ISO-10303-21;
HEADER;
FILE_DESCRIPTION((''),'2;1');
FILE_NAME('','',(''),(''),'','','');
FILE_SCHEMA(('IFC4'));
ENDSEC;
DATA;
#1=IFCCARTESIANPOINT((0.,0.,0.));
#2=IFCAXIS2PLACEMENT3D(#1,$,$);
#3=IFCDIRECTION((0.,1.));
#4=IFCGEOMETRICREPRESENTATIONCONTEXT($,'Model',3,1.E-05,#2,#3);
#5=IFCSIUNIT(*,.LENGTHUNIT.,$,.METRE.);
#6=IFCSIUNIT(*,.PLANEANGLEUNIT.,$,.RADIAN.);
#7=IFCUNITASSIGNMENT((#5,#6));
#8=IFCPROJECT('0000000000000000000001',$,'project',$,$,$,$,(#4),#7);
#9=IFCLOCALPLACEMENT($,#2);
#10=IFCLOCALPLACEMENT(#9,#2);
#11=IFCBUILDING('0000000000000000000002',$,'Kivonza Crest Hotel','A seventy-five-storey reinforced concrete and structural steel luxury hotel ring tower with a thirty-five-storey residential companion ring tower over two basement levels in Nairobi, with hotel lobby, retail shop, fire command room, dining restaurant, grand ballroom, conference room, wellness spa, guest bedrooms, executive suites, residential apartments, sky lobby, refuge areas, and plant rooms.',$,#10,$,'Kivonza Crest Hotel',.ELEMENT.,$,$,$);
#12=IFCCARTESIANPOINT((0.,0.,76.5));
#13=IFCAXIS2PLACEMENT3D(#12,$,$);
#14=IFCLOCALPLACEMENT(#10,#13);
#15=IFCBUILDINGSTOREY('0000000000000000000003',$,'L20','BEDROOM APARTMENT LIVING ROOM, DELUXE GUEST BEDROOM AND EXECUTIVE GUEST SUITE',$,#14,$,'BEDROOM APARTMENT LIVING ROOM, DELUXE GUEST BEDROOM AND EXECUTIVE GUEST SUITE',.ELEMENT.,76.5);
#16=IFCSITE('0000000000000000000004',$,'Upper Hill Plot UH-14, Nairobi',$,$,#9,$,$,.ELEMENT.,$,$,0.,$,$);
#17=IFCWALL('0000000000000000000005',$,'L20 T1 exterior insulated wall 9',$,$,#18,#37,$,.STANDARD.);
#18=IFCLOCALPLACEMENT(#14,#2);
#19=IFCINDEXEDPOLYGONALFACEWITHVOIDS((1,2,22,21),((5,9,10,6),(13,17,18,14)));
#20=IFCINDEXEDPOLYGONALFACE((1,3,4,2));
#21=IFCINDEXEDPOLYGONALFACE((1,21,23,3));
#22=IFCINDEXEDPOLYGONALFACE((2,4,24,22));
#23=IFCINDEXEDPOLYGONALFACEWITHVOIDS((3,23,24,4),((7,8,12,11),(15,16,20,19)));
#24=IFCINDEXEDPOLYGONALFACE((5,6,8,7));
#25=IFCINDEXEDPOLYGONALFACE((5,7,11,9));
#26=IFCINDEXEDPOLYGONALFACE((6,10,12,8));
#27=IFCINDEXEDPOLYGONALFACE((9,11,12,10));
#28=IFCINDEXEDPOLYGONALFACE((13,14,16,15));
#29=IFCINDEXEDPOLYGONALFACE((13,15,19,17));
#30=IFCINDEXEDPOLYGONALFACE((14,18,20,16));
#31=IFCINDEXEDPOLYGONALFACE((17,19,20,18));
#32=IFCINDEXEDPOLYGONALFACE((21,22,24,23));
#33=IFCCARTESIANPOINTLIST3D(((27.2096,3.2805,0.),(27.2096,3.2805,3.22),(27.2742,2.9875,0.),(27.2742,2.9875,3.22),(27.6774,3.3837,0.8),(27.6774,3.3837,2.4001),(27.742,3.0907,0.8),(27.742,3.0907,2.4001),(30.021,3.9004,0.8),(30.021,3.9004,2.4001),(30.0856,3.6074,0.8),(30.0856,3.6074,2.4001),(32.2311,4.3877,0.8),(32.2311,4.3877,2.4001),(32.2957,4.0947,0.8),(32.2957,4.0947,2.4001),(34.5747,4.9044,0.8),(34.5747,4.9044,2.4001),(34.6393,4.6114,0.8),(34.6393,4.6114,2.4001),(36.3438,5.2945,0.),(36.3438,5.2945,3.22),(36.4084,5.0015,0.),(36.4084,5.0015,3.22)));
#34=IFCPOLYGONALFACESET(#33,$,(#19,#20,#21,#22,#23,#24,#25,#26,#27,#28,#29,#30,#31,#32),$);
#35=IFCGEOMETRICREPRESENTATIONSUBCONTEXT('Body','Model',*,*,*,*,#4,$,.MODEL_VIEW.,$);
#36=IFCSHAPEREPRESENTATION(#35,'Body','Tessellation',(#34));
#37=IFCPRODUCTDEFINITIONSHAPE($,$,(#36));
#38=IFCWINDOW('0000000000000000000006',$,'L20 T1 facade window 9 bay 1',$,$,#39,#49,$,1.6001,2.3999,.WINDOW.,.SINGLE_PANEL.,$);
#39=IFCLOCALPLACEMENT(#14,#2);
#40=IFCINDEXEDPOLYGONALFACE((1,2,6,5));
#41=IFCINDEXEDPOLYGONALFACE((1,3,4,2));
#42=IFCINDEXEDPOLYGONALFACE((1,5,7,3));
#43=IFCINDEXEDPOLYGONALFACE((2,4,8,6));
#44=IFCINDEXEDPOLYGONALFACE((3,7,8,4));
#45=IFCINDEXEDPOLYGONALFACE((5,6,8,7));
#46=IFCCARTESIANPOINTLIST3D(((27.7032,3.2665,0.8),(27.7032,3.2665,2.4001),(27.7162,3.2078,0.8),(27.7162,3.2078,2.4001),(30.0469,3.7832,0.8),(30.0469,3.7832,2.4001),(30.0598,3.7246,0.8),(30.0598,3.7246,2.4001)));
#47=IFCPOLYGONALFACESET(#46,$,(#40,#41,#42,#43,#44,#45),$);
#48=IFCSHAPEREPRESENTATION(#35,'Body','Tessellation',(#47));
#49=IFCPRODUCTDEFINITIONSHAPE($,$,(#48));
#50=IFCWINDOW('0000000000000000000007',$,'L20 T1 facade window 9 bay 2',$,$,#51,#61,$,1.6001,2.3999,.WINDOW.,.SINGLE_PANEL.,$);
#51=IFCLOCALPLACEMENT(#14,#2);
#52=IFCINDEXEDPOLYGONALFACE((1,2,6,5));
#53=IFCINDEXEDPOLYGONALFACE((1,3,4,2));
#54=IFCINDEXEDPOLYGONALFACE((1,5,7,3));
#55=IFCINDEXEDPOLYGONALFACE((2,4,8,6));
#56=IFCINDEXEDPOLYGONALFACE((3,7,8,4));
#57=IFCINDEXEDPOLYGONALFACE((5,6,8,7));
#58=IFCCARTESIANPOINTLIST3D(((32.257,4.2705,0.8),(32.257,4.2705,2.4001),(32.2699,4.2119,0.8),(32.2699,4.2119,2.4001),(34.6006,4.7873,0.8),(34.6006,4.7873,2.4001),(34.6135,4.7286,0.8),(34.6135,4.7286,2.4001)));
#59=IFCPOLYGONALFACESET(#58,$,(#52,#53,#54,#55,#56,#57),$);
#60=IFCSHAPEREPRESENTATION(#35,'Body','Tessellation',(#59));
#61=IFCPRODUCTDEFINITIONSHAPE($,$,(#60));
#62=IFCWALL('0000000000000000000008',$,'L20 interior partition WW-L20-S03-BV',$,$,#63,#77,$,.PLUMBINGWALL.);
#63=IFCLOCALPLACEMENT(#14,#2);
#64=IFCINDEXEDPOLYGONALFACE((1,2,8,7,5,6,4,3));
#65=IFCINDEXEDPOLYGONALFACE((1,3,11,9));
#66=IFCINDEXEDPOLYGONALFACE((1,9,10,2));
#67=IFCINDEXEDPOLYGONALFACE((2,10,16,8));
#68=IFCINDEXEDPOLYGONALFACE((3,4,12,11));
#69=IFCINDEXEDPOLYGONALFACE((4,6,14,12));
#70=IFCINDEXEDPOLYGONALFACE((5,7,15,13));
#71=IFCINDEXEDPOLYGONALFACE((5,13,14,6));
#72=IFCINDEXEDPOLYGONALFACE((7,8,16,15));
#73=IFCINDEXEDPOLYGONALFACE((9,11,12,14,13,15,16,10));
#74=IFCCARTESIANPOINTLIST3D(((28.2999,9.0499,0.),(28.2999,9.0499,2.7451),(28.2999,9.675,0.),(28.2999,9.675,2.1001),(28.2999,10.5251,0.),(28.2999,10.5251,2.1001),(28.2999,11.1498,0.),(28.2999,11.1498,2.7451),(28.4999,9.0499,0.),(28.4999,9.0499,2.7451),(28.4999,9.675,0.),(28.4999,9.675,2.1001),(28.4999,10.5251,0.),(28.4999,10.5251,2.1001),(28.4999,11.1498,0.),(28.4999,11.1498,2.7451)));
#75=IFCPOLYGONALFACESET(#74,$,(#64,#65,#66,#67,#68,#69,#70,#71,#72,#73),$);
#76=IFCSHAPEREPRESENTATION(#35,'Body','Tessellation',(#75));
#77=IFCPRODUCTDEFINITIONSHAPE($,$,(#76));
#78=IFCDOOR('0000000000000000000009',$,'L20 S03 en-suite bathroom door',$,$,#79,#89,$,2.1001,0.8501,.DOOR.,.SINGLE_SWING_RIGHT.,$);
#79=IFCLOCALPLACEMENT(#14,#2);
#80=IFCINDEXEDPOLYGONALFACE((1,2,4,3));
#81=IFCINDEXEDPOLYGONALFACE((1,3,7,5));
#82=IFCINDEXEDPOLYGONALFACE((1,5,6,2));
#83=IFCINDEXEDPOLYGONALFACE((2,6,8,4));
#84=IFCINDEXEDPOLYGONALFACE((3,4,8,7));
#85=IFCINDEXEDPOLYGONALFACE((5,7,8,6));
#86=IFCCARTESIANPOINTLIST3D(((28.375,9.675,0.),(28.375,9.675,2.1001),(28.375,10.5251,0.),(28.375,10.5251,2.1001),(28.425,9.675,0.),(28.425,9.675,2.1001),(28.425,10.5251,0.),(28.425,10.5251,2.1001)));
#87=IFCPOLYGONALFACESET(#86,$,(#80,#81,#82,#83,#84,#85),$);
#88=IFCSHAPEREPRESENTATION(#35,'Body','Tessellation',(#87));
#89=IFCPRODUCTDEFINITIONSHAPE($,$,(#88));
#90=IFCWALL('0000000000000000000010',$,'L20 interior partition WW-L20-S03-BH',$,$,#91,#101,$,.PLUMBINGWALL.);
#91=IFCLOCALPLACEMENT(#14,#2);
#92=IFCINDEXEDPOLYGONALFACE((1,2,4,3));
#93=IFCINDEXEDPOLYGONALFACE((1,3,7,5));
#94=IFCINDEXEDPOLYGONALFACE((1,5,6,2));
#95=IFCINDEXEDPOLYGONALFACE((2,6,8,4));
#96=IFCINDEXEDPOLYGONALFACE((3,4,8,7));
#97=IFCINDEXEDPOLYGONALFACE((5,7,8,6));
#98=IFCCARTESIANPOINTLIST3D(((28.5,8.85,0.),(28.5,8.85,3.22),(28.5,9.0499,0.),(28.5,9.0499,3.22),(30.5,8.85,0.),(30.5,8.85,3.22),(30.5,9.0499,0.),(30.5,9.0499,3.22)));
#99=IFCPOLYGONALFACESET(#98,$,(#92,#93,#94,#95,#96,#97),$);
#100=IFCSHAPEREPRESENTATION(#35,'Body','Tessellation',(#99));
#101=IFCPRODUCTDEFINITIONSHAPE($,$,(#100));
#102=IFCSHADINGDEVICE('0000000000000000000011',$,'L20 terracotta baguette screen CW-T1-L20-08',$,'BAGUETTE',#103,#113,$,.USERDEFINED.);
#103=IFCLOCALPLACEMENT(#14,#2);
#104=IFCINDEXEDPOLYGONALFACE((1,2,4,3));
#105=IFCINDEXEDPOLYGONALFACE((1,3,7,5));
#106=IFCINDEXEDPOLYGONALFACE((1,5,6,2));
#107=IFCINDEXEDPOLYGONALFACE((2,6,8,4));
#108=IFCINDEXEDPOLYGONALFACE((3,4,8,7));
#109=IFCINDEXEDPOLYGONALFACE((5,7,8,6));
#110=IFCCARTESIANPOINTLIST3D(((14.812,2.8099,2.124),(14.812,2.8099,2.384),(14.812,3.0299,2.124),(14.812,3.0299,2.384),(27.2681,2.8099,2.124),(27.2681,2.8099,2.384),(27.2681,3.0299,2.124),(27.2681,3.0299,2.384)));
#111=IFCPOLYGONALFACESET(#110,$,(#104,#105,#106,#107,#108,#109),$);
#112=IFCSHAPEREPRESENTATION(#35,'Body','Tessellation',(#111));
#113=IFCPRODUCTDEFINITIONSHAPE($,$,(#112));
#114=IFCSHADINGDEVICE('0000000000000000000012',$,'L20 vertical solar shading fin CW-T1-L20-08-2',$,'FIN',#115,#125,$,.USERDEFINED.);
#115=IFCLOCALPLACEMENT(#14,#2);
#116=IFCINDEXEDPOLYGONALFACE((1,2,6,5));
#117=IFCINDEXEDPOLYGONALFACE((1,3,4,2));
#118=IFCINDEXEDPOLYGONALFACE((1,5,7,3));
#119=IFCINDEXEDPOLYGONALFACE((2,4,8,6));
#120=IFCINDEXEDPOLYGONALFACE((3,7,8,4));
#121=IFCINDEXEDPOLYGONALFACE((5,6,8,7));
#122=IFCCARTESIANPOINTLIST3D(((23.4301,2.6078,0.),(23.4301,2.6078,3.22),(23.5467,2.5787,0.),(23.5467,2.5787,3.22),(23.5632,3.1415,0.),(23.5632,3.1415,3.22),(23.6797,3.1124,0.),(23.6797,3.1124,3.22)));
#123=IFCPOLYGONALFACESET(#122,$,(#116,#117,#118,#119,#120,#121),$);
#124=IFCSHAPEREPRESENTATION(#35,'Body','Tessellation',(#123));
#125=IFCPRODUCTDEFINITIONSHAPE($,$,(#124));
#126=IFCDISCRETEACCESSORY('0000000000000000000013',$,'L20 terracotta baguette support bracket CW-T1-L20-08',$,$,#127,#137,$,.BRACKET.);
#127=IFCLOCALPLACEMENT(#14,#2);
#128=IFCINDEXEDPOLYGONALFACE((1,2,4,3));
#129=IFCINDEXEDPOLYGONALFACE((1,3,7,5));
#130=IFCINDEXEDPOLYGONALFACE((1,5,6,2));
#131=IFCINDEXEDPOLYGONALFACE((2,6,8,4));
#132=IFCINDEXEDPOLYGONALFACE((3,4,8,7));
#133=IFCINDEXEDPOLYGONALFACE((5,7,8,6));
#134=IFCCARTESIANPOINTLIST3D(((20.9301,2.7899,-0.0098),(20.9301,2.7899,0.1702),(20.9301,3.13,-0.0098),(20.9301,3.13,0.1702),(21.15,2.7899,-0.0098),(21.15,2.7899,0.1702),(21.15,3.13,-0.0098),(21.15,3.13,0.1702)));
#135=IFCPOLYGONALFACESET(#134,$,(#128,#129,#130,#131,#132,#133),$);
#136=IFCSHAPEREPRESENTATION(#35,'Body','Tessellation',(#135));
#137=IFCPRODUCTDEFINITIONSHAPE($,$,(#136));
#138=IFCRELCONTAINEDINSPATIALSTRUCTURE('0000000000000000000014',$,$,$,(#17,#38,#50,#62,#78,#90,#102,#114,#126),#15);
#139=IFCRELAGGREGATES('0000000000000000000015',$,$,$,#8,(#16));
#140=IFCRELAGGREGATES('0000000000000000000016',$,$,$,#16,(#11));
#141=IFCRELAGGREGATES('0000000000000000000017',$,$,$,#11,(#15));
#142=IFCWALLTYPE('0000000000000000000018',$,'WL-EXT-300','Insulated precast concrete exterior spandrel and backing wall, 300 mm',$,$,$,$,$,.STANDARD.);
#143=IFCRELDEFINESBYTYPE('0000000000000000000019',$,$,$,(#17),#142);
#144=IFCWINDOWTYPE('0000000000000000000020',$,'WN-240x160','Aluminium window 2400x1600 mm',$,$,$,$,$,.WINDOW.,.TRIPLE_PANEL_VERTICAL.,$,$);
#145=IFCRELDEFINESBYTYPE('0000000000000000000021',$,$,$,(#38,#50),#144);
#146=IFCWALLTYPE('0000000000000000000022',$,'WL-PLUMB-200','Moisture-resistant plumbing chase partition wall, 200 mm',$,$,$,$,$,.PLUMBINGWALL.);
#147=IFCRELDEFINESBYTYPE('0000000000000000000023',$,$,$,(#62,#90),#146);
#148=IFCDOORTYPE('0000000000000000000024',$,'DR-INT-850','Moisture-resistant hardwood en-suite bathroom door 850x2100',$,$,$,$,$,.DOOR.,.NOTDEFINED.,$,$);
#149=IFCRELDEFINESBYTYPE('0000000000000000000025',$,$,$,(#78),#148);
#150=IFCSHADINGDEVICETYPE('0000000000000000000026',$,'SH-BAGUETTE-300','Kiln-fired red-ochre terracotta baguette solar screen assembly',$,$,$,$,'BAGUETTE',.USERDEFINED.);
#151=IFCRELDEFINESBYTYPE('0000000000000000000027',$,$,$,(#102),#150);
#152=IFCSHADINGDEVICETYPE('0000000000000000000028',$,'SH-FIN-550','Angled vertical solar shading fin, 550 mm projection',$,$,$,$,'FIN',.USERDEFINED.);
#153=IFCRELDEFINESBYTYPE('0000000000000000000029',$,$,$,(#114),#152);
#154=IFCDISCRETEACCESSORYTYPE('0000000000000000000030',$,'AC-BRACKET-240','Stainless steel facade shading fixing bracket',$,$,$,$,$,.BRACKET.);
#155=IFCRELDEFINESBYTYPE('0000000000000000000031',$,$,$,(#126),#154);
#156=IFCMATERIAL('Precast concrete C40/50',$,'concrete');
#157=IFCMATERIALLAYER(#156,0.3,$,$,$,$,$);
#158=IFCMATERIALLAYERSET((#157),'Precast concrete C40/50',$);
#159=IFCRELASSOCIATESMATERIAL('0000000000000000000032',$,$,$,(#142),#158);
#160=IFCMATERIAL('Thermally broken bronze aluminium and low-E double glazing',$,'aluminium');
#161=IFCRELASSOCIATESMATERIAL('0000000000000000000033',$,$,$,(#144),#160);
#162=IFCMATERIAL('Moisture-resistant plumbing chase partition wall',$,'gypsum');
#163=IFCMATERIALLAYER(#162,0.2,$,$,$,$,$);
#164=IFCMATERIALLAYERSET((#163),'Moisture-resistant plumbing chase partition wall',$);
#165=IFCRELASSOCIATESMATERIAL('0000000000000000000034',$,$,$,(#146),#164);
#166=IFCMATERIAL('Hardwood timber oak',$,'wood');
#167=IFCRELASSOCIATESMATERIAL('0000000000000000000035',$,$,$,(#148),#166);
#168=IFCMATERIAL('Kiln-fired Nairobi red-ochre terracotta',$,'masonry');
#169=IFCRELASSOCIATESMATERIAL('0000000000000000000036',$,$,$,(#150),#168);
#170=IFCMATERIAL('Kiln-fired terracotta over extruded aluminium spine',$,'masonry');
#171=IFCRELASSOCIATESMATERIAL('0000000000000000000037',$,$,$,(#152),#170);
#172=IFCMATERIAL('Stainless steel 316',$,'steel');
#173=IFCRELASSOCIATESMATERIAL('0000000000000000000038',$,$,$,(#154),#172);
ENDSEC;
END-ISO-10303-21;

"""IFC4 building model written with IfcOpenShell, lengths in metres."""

from ifc_helpers import new_model, si_unit, direction, frame, frame_2d, origin, origin_2d, place, context, subcontext, project, spatial, rectangle, extrude, material, layer, layer_set, type_object, element, fill, save


model = new_model("IFC4")

# Units and contexts
model_context = context("Model", 3, precision=1e-05, world=origin(), true_north=direction((0.0, 1.0)))
body_context = subcontext(model_context, "Body", "Model", "MODEL_VIEW")
ifc_project = project(units=[si_unit("LENGTHUNIT", "METRE"), si_unit("PLANEANGLEUNIT", "RADIAN")], contexts=[model_context])

# Site, building, storey
site_placement = place(None, origin())
site = spatial("IfcSite", under=ifc_project, at=site_placement, Name="Upper Hill Plot UH-14, Nairobi", CompositionType="ELEMENT", RefElevation=0.0)
building_placement = place(site_placement, origin())
building = spatial("IfcBuilding", under=site, at=building_placement, Name="Kivonza Crest Hotel", Description="A seventy-five-storey reinforced concrete and structural steel luxury hotel ring tower with a thirty-five-storey residential companion ring tower over two basement levels in Nairobi, with hotel lobby, retail shop, fire command room, dining restaurant, grand ballroom, conference room, wellness spa, guest bedrooms, executive suites, residential apartments, sky lobby, refuge areas, and plant rooms.", LongName="Kivonza Crest Hotel", CompositionType="ELEMENT")
storey_placement = place(building_placement, frame((0.0, 0.0, 76.5)))
storey = spatial("IfcBuildingStorey", under=building, at=storey_placement, Name="L20", Description="BEDROOM APARTMENT LIVING ROOM, DELUXE GUEST BEDROOM AND EXECUTIVE GUEST SUITE", LongName="BEDROOM APARTMENT LIVING ROOM, DELUXE GUEST BEDROOM AND EXECUTIVE GUEST SUITE", CompositionType="ELEMENT", Elevation=76.5)

# Wall, openings, windows
ifc_material_1 = material(Name="Precast concrete C40/50", Category="concrete")
ifc_layer_1 = layer(ifc_material_1, 0.3)
ifc_layer_set_1 = layer_set([ifc_layer_1], Name="Precast concrete C40/50")
wall_type_1 = type_object("IfcWallType", Name="WL-EXT-300", Description="Insulated precast concrete exterior spandrel and backing wall, 300 mm", PredefinedType="STANDARD", material=ifc_layer_set_1)
wall_1_placement = place(storey_placement, frame((27.2419, 3.134, 0.0), z_axis=(0.0, 0.0, 1.0), x_axis=(0.976545, 0.215313, 0.0)))
wall_1 = element("IfcWall", 1, at=wall_1_placement, inside=storey, type_object=wall_type_1, Name="L20 T1 exterior insulated wall 9", PredefinedType="STANDARD", context=body_context, shape_type="SweptSolid", body=[
    extrude(rectangle(XDim=9.3535, YDim=0.3, at=frame_2d((4.6768, 0.0))), origin(), (0.0, 0.0, 1.0), 3.22),
])
opening_1_placement = place(wall_1_placement, frame((0.479, 0.0, 0.8)))
opening_1 = element("IfcOpeningElement", 2, at=opening_1_placement, cuts=wall_1, PredefinedType="OPENING", context=body_context, shape_type="SweptSolid", body=[
    extrude(rectangle(XDim=2.3999, YDim=1.6001, at=frame_2d((1.2, 0.8))), frame((0.0, 0.1602, 0.0), z_axis=(0.0, -1.0, 0.0), x_axis=(1.0, 0.0, 0.0)), (0.0, 0.0, 1.0), 0.3201),
])
opening_2_placement = place(wall_1_placement, frame((5.1421, 0.0, 0.8)))
opening_2 = element("IfcOpeningElement", 3, at=opening_2_placement, cuts=wall_1, PredefinedType="OPENING", context=body_context, shape_type="SweptSolid", body=[
    extrude(rectangle(XDim=2.3999, YDim=1.6001, at=frame_2d((1.2, 0.8))), frame((0.0, 0.1602, 0.0), z_axis=(0.0, -1.0, 0.0), x_axis=(1.0, 0.0, 0.0)), (0.0, 0.0, 1.0), 0.3201),
])
ifc_material_2 = material(Name="Thermally broken bronze aluminium and low-E double glazing", Category="aluminium")
window_type = type_object("IfcWindowType", Name="WN-240x160", Description="Aluminium window 2400x1600 mm", PartitioningType="TRIPLE_PANEL_VERTICAL", PredefinedType="WINDOW", material=ifc_material_2)
window_1_placement = place(opening_1_placement, origin())
window_1 = element("IfcWindow", 4, at=window_1_placement, inside=storey, type_object=window_type, Name="L20 T1 facade window 9 bay 1", OverallHeight=1.6001, OverallWidth=2.3999, PartitioningType="SINGLE_PANEL", PredefinedType="WINDOW", context=body_context, shape_type="SweptSolid", body=[
    extrude(rectangle(XDim=2.3999, YDim=1.6001, at=frame_2d((1.2, 0.8))), frame((0.0, 0.03, 0.0), z_axis=(0.0, -1.0, 0.0), x_axis=(1.0, 0.0, 0.0)), (0.0, 0.0, 1.0), 0.0601),
])
fill(opening_1, window_1)
window_2_placement = place(opening_2_placement, origin())
window_2 = element("IfcWindow", 5, at=window_2_placement, inside=storey, type_object=window_type, Name="L20 T1 facade window 9 bay 2", OverallHeight=1.6001, OverallWidth=2.3999, PartitioningType="SINGLE_PANEL", PredefinedType="WINDOW", context=body_context, shape_type="SweptSolid", body=[
    extrude(rectangle(XDim=2.3999, YDim=1.6001, at=frame_2d((1.2, 0.8))), frame((0.0, 0.03, 0.0), z_axis=(0.0, -1.0, 0.0), x_axis=(1.0, 0.0, 0.0)), (0.0, 0.0, 1.0), 0.0601),
])
fill(opening_2, window_2)

# Wall, opening, door
ifc_material_3 = material(Name="Moisture-resistant plumbing chase partition wall", Category="gypsum")
ifc_layer_2 = layer(ifc_material_3, 0.2)
ifc_layer_set_2 = layer_set([ifc_layer_2], Name="Moisture-resistant plumbing chase partition wall")
wall_type_2 = type_object("IfcWallType", Name="WL-PLUMB-200", Description="Moisture-resistant plumbing chase partition wall, 200 mm", PredefinedType="PLUMBINGWALL", material=ifc_layer_set_2)
wall_2_placement = place(storey_placement, frame((28.3999, 9.05, 0.0), z_axis=(0.0, 0.0, 1.0), x_axis=(0.0, 1.0, 0.0)))
wall_2 = element("IfcWall", 6, at=wall_2_placement, inside=storey, type_object=wall_type_2, Name="L20 interior partition WW-L20-S03-BV", PredefinedType="PLUMBINGWALL", context=body_context, shape_type="SweptSolid", body=[
    extrude(rectangle(XDim=2.0999, YDim=0.2, at=frame_2d((1.0498, 0.0))), origin(), (0.0, 0.0, 1.0), 2.7451),
])
opening_3_placement = place(wall_2_placement, frame((0.625, 0.0, 0.0)))
opening_3 = element("IfcOpeningElement", 7, at=opening_3_placement, cuts=wall_2, PredefinedType="OPENING", context=body_context, shape_type="SweptSolid", body=[
    extrude(rectangle(XDim=0.8501, YDim=2.1001, at=frame_2d((0.425, 1.05))), frame((0.0, 0.1099, 0.0), z_axis=(0.0, -1.0, 0.0), x_axis=(1.0, 0.0, 0.0)), (0.0, 0.0, 1.0), 0.22),
])
ifc_material_4 = material(Name="Hardwood timber oak", Category="wood")
door_type = type_object("IfcDoorType", Name="DR-INT-850", Description="Moisture-resistant hardwood en-suite bathroom door 850x2100", OperationType="NOTDEFINED", PredefinedType="DOOR", material=ifc_material_4)
door_placement = place(opening_3_placement, origin())
door = element("IfcDoor", 8, at=door_placement, inside=storey, type_object=door_type, Name="L20 S03 en-suite bathroom door", OperationType="SINGLE_SWING_RIGHT", OverallHeight=2.1001, OverallWidth=0.8501, PredefinedType="DOOR", context=body_context, shape_type="SweptSolid", body=[
    extrude(rectangle(XDim=0.8501, YDim=2.1001, at=frame_2d((0.425, 1.05))), frame((0.0, 0.0249, 0.0), z_axis=(0.0, -1.0, 0.0), x_axis=(1.0, 0.0, 0.0)), (0.0, 0.0, 1.0), 0.05),
])
fill(opening_3, door)

# Wall
wall_3_placement = place(storey_placement, frame((28.5, 8.95, 0.0), z_axis=(0.0, 0.0, 1.0), x_axis=(1.0, 0.0, 0.0)))
element("IfcWall", 9, at=wall_3_placement, inside=storey, type_object=wall_type_2, Name="L20 interior partition WW-L20-S03-BH", PredefinedType="PLUMBINGWALL", context=body_context, shape_type="SweptSolid", body=[
    extrude(rectangle(XDim=2.0, YDim=0.2, at=frame_2d((1.0, 0.0))), origin(), (0.0, 0.0, 1.0), 3.22),
])

# Shading devices
ifc_material_5 = material(Name="Kiln-fired Nairobi red-ochre terracotta", Category="masonry")
shading_device_type_1 = type_object("IfcShadingDeviceType", Name="SH-BAGUETTE-300", Description="Kiln-fired red-ochre terracotta baguette solar screen assembly", ElementType="BAGUETTE", PredefinedType="USERDEFINED", material=ifc_material_5)
shading_device_1_placement = place(storey_placement, frame((21.04, 2.9199, 2.124), z_axis=(0.0, 0.0, 1.0), x_axis=(1.0, 0.0, 0.0)))
element("IfcShadingDevice", 10, at=shading_device_1_placement, inside=storey, type_object=shading_device_type_1, Name="L20 terracotta baguette screen CW-T1-L20-08", ObjectType="BAGUETTE", PredefinedType="USERDEFINED", context=body_context, shape_type="SweptSolid", body=[
    extrude(rectangle(XDim=12.4561, YDim=0.22, at=origin_2d()), origin(), (0.0, 0.0, 1.0), 0.26),
])
ifc_material_6 = material(Name="Kiln-fired terracotta over extruded aluminium spine", Category="masonry")
shading_device_type_2 = type_object("IfcShadingDeviceType", Name="SH-FIN-550", Description="Angled vertical solar shading fin, 550 mm projection", ElementType="FIN", PredefinedType="USERDEFINED", material=ifc_material_6)
shading_device_2_placement = place(storey_placement, frame((23.5549, 2.8601, 0.0), z_axis=(0.0, 0.0, 1.0), x_axis=(0.970296, -0.241922, 0.0)))
element("IfcShadingDevice", 11, at=shading_device_2_placement, inside=storey, type_object=shading_device_type_2, Name="L20 vertical solar shading fin CW-T1-L20-08-2", ObjectType="FIN", PredefinedType="USERDEFINED", context=body_context, shape_type="SweptSolid", body=[
    extrude(rectangle(XDim=0.1201, YDim=0.55, at=origin_2d()), origin(), (0.0, 0.0, 1.0), 3.22),
])

# Discrete accessory
ifc_material_7 = material(Name="Stainless steel 316", Category="steel")
discrete_accessory_type = type_object("IfcDiscreteAccessoryType", Name="AC-BRACKET-240", Description="Stainless steel facade shading fixing bracket", PredefinedType="BRACKET", material=ifc_material_7)
discrete_accessory_placement = place(storey_placement, frame((21.04, 2.96, -0.0098), z_axis=(0.0, 0.0, 1.0), x_axis=(1.0, 0.0, 0.0)))
element("IfcDiscreteAccessory", 12, at=discrete_accessory_placement, inside=storey, type_object=discrete_accessory_type, Name="L20 terracotta baguette support bracket CW-T1-L20-08", PredefinedType="BRACKET", context=body_context, shape_type="SweptSolid", body=[
    extrude(rectangle(XDim=0.22, YDim=0.3401, at=origin_2d()), origin(), (0.0, 0.0, 1.0), 0.1799),
])

save(model, "model.ifc")
